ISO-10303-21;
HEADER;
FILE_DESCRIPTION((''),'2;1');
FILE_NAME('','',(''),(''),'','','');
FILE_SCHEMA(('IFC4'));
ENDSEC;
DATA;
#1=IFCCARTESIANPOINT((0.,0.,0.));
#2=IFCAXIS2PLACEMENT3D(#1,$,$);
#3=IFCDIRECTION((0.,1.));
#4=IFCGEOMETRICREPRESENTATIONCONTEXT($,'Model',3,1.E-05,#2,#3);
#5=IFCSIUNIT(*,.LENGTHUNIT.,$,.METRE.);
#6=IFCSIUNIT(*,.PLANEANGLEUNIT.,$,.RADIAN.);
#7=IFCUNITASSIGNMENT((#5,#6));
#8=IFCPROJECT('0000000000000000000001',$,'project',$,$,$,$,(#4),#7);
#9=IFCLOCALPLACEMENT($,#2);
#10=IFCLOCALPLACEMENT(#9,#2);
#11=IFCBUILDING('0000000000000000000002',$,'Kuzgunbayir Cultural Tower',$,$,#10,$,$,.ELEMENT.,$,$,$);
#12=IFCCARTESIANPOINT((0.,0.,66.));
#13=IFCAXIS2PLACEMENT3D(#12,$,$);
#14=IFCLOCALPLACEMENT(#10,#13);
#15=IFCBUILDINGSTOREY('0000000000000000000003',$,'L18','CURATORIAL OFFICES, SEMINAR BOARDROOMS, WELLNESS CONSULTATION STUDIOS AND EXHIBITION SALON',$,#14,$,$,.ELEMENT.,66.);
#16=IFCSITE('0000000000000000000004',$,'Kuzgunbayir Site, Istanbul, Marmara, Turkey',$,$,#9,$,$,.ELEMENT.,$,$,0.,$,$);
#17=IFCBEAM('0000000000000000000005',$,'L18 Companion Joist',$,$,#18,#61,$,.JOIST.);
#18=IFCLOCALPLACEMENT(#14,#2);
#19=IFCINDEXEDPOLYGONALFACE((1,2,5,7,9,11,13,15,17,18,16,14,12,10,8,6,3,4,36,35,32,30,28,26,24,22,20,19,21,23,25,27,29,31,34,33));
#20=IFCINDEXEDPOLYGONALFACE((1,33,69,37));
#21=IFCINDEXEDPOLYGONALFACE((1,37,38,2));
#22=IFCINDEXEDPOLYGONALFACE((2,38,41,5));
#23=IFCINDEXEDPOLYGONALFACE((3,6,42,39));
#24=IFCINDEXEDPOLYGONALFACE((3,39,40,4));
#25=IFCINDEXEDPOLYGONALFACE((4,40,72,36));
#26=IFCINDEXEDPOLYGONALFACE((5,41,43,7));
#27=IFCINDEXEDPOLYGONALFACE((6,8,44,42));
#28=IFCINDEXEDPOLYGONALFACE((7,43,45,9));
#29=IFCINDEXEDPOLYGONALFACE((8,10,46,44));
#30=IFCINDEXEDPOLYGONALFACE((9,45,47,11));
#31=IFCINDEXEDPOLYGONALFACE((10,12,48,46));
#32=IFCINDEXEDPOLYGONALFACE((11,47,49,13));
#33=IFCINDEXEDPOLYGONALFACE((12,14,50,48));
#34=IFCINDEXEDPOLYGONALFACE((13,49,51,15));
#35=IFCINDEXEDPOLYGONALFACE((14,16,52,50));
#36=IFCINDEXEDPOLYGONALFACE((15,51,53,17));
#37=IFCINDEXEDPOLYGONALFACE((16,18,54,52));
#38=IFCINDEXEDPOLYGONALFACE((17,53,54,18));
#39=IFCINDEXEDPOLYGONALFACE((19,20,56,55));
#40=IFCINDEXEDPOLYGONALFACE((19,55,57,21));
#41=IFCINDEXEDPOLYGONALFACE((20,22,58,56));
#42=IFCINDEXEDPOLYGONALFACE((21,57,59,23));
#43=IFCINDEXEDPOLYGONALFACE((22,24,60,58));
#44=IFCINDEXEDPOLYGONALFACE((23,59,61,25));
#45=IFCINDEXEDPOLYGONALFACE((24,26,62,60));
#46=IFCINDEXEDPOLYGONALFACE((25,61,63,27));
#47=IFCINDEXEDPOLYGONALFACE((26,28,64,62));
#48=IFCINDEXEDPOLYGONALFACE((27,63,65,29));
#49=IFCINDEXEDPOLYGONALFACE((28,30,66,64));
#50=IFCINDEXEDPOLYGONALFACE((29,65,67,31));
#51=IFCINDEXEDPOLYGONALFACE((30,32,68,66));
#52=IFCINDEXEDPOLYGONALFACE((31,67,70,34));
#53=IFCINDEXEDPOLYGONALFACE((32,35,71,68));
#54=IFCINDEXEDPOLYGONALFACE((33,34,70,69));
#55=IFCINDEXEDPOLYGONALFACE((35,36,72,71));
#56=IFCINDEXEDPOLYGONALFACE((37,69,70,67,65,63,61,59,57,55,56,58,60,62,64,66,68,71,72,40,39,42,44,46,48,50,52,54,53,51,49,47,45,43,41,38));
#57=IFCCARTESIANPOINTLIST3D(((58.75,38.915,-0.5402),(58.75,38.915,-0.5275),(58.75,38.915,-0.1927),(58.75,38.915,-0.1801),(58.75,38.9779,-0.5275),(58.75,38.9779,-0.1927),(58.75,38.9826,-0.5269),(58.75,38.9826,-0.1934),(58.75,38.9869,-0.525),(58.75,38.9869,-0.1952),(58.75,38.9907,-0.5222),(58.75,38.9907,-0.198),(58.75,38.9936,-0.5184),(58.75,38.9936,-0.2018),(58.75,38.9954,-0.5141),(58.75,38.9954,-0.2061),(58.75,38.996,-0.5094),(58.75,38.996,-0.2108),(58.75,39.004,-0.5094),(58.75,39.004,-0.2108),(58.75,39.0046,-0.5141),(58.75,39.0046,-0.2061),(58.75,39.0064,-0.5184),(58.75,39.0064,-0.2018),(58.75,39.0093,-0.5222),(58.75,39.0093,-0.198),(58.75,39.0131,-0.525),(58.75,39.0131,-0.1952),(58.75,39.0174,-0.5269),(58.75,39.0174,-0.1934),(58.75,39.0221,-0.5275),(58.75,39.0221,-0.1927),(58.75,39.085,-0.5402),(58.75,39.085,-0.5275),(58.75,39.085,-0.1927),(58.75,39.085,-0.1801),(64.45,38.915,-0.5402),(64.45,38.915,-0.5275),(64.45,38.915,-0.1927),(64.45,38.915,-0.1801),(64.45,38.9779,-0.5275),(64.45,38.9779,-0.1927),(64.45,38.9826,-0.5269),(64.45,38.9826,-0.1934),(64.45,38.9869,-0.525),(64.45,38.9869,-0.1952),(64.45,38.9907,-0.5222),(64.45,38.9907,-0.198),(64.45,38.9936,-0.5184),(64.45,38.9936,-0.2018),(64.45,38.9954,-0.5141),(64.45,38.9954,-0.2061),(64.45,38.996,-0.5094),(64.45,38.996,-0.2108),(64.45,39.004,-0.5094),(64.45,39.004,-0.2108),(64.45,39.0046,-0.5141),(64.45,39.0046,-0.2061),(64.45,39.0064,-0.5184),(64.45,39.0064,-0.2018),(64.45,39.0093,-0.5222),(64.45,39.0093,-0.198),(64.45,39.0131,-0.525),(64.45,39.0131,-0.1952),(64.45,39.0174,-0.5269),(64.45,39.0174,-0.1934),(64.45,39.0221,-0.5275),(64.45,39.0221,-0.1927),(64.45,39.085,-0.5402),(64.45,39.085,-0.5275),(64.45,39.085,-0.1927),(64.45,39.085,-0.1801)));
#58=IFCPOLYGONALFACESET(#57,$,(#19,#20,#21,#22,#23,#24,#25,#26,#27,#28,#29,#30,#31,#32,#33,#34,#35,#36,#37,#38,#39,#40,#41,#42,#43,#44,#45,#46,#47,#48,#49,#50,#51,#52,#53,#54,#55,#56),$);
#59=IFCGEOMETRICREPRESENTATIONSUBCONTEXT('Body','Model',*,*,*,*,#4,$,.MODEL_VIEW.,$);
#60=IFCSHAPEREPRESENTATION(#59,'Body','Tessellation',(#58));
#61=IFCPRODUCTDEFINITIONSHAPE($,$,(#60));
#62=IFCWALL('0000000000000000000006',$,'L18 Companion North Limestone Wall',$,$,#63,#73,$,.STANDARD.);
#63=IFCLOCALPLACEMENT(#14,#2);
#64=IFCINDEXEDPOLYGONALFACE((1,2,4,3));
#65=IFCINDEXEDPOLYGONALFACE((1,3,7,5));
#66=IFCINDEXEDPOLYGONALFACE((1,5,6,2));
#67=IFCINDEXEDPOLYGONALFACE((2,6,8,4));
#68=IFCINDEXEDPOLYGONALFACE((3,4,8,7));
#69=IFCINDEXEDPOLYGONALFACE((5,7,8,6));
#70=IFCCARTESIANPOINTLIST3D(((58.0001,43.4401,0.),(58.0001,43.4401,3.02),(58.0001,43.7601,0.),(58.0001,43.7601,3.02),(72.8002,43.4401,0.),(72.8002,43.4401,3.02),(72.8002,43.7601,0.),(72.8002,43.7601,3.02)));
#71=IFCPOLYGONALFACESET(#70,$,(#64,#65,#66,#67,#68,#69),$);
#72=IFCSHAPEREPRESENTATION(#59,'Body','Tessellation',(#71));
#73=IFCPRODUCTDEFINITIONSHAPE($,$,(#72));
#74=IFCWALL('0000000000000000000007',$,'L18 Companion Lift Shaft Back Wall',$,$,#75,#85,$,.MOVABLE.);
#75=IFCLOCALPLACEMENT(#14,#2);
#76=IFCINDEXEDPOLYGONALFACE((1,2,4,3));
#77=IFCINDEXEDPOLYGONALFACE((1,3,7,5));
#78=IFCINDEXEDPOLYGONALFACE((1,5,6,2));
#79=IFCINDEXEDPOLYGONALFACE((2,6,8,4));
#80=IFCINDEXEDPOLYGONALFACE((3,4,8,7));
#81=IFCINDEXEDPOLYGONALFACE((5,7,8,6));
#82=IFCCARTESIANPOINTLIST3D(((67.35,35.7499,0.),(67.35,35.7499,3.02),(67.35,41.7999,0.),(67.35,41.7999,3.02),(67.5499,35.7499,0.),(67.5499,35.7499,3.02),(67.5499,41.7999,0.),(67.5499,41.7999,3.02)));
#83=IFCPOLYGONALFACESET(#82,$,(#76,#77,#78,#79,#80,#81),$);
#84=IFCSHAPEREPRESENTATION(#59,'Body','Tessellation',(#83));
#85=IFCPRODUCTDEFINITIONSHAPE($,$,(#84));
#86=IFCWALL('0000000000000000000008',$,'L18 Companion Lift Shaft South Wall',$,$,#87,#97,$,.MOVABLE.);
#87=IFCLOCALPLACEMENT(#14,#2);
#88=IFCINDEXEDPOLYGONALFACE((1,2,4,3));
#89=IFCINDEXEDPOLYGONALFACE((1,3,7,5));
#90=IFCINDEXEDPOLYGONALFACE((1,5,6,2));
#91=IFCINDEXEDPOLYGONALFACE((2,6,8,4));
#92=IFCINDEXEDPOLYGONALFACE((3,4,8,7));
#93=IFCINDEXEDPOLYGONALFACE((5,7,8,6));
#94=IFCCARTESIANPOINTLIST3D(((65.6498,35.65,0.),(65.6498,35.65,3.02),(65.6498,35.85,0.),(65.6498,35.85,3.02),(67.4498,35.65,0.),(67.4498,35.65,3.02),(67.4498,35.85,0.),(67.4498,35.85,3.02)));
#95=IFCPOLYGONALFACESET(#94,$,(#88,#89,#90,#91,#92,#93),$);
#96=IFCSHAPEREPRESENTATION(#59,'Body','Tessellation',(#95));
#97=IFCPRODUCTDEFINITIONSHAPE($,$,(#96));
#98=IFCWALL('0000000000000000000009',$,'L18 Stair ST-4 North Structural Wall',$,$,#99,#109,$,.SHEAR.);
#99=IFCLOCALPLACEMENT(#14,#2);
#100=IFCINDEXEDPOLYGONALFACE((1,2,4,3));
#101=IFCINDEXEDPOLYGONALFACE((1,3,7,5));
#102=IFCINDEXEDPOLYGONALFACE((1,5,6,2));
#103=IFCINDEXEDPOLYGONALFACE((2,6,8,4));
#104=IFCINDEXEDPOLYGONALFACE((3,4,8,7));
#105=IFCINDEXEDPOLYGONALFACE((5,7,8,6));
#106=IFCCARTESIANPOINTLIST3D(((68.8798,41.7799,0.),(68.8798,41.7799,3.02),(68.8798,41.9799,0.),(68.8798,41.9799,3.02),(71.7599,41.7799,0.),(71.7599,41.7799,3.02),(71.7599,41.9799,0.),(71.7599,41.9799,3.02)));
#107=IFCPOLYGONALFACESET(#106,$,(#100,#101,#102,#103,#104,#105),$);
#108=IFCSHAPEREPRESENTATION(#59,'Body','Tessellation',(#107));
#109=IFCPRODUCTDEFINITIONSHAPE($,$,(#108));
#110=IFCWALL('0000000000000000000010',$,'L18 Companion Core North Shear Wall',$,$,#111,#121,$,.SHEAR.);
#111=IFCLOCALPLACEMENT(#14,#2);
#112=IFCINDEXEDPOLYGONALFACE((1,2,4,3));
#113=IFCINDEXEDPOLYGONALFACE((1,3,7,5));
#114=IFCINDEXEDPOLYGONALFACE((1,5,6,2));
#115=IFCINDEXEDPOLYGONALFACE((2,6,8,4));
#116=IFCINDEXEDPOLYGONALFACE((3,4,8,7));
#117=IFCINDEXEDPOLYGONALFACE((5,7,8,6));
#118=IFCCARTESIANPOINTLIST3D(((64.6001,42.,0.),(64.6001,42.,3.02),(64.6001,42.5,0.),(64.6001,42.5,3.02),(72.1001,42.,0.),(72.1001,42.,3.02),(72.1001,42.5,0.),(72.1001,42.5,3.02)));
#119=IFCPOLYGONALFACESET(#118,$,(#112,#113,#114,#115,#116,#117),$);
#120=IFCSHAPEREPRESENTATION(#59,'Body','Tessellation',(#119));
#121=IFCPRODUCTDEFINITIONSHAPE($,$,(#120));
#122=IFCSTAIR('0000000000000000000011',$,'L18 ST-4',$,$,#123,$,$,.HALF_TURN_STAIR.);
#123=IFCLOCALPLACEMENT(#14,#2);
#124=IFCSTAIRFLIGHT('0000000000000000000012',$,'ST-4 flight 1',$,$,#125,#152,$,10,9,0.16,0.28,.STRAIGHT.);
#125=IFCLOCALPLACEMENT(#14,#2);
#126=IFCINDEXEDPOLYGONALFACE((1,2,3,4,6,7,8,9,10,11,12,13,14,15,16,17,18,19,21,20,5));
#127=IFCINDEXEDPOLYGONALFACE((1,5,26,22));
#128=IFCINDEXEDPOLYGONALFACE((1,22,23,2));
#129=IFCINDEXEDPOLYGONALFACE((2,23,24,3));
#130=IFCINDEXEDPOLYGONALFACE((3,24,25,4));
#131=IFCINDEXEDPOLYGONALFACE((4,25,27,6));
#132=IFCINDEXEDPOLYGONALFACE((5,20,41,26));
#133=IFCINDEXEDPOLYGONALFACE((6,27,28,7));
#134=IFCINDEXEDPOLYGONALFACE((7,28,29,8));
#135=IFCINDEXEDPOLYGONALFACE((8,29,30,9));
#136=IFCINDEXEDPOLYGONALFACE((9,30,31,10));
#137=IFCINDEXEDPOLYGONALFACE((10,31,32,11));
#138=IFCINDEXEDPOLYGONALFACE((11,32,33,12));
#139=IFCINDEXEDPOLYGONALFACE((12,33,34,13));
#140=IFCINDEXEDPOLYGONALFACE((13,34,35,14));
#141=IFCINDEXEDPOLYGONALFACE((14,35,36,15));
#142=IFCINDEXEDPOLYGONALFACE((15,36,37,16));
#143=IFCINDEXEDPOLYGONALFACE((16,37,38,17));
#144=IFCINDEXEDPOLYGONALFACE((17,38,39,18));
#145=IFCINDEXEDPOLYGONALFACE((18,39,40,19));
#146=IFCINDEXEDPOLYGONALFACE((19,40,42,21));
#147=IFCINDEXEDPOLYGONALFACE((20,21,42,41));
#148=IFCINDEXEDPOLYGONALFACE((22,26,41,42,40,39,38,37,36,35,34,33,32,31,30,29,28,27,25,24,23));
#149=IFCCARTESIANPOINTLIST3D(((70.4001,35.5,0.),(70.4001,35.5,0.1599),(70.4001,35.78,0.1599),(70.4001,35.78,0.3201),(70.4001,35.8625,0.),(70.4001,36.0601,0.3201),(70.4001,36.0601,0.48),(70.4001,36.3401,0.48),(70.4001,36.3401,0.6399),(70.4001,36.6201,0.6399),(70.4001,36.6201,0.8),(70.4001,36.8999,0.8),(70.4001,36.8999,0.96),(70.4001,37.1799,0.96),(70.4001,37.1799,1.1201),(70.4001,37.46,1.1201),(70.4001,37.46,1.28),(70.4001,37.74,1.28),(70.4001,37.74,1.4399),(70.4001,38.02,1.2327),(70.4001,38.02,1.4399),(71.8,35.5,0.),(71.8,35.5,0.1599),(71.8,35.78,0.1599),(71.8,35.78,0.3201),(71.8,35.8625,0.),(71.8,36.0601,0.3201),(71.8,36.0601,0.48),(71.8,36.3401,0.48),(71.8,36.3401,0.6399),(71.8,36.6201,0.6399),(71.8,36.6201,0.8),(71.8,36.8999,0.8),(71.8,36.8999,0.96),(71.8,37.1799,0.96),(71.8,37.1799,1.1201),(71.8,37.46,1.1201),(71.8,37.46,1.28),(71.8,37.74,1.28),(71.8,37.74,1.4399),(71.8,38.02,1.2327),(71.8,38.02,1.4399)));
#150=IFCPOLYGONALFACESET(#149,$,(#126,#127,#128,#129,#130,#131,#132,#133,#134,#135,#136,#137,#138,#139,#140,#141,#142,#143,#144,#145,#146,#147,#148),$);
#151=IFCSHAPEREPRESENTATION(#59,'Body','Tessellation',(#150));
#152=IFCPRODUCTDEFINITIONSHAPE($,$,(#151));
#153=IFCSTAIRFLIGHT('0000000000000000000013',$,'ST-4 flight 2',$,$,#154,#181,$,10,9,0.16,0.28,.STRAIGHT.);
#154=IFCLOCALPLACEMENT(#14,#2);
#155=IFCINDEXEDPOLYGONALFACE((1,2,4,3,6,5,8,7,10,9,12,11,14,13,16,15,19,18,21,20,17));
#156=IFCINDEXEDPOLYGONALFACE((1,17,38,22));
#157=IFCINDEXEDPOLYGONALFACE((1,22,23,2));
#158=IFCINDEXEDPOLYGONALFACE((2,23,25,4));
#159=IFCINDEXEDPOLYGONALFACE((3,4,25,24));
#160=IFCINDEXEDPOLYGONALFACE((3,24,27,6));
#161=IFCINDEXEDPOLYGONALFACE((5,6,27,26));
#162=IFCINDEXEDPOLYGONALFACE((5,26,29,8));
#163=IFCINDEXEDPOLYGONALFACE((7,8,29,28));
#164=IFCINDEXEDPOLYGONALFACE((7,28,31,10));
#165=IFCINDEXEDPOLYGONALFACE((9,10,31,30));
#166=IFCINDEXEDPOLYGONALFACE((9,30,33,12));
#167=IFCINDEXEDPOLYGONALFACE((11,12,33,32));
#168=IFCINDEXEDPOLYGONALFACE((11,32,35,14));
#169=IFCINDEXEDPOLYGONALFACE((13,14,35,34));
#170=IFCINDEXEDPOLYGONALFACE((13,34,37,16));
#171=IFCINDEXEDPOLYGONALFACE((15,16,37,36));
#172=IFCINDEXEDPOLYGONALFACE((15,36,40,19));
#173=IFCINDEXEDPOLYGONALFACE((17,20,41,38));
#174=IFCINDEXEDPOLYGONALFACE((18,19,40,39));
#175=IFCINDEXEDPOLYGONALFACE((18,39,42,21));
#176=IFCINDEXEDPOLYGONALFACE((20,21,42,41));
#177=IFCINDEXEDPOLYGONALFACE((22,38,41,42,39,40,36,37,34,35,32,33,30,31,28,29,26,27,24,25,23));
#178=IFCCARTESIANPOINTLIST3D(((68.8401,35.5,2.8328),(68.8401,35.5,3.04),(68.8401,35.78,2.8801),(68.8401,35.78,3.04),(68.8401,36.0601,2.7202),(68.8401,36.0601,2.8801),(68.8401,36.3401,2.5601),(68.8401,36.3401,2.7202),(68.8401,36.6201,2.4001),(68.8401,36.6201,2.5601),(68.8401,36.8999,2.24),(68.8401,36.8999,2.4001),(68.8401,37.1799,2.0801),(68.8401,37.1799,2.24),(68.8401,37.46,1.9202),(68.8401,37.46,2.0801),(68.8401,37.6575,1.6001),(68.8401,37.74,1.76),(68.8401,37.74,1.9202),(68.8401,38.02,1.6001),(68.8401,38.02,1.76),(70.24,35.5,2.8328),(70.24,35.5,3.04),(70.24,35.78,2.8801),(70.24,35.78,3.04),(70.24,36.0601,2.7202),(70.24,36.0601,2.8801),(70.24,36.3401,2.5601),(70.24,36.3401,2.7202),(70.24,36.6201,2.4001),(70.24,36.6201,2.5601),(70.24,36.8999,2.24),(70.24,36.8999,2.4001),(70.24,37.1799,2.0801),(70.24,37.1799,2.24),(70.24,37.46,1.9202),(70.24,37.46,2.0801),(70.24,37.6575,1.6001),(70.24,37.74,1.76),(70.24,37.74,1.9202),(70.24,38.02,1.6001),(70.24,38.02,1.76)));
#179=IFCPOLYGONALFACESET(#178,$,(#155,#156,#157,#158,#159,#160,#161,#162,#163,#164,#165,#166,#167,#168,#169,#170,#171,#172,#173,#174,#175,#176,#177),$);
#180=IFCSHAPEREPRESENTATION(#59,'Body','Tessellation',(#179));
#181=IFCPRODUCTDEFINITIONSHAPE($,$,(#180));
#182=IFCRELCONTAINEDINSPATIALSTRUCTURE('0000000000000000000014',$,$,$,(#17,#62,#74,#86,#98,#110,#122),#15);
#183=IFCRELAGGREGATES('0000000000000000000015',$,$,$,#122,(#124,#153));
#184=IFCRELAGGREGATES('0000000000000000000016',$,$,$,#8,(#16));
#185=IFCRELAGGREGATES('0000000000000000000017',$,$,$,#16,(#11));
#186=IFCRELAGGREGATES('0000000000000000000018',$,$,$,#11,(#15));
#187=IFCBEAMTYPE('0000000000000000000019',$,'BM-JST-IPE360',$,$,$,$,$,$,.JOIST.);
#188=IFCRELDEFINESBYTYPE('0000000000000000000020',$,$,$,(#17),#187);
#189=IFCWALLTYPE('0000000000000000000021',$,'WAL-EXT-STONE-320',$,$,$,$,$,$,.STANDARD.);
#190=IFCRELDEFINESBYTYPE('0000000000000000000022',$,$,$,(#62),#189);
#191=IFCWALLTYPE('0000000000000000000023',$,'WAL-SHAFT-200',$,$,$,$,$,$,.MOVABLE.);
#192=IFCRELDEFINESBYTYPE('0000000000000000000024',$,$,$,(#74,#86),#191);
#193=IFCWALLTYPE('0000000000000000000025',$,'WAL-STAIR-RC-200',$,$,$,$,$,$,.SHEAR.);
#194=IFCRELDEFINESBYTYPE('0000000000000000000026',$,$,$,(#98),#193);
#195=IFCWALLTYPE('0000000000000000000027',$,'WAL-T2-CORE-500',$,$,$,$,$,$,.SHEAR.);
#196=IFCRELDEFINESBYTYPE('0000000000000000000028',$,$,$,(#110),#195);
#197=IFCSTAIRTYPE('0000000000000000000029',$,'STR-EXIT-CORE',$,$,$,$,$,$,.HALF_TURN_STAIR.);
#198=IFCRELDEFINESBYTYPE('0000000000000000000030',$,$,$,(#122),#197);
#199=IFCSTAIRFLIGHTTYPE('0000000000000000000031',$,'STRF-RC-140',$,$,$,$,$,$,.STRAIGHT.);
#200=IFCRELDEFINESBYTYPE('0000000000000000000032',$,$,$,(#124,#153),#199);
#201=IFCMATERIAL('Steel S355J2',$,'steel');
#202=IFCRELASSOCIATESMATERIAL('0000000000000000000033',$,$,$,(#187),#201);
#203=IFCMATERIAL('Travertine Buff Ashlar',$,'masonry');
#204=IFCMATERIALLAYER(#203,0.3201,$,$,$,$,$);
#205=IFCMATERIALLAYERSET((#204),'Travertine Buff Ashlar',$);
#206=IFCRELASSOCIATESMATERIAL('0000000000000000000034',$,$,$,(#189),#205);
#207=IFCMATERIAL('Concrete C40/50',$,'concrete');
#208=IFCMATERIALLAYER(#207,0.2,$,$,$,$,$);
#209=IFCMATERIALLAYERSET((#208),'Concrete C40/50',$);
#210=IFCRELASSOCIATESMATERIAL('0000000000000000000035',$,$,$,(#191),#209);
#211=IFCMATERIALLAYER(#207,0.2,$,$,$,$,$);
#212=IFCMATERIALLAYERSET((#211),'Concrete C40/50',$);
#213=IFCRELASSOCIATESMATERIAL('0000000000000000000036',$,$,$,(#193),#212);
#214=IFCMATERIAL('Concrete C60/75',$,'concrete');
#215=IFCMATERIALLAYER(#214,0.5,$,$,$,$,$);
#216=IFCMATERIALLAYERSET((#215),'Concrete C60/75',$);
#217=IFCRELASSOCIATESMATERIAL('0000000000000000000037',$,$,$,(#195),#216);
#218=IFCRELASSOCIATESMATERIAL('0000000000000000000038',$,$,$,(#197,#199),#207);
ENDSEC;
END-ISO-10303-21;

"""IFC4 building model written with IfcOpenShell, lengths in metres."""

from ifc_helpers import new_model, si_unit, direction, frame, frame_2d, origin, origin_2d, place, context, subcontext, project, spatial, polyline, rectangle, i_section, outline, extrude, material, layer, layer_set, material_profile, profile_set, type_object, element, aggregate, save


model = new_model("IFC4")

# Units and contexts
model_context = context("Model", 3, precision=1e-05, world=origin(), true_north=direction((0.0, 1.0)))
body_context = subcontext(model_context, "Body", "Model", "MODEL_VIEW")
ifc_project = project(units=[si_unit("LENGTHUNIT", "METRE"), si_unit("PLANEANGLEUNIT", "RADIAN")], contexts=[model_context])

# Site, building, storey
site_placement = place(None, origin())
site = spatial("IfcSite", under=ifc_project, at=site_placement, Name="Kuzgunbayir Site, Istanbul, Marmara, Turkey", CompositionType="ELEMENT", RefElevation=0.0)
building_placement = place(site_placement, origin())
building = spatial("IfcBuilding", under=site, at=building_placement, Name="Kuzgunbayir Cultural Tower", CompositionType="ELEMENT")
storey_placement = place(building_placement, frame((0.0, 0.0, 66.0)))
storey = spatial("IfcBuildingStorey", under=building, at=storey_placement, Name="L18", Description="CURATORIAL OFFICES, SEMINAR BOARDROOMS, WELLNESS CONSULTATION STUDIOS AND EXHIBITION SALON", CompositionType="ELEMENT", Elevation=66.0)

# Shared definitions
ifc_material_1 = material(Name="Concrete C60/75", Category="concrete")

# Beam
ifc_material_2 = material(Name="Steel S355J2", Category="steel")
ifc_material_profile_1 = material_profile(ifc_material_2, i_section(OverallWidth=0.1699, OverallDepth=0.3601, WebThickness=0.0081, FlangeThickness=0.0127, FilletRadius=0.0181, at=origin_2d()), Name="IPE 360")
ifc_profile_set_1 = profile_set([ifc_material_profile_1], Name="Steel S355J2")
beam_type_1 = type_object("IfcBeamType", Name="BM-JST-IPE360", PredefinedType="JOIST", material=ifc_profile_set_1)
beam_1_placement = place(storey_placement, frame((58.75, 39.0, -0.3601), z_axis=(1.0, 0.0, 0.0), x_axis=(0.0, 1.0, 0.0)))
element("IfcBeam", 1, at=beam_1_placement, inside=storey, type_object=beam_type_1, Name="L18 Companion Joist", PredefinedType="JOIST", context=body_context, shape_type="SweptSolid", body=[
    extrude(i_section(OverallWidth=0.1699, OverallDepth=0.3601, WebThickness=0.0081, FlangeThickness=0.0127, FilletRadius=0.0181, at=origin_2d()), origin(), (0.0, 0.0, 1.0), 5.7),
])

# Wall
ifc_material_3 = material(Name="Travertine Buff Ashlar", Category="masonry")
ifc_layer_1 = layer(ifc_material_3, 0.3201)
ifc_layer_set_1 = layer_set([ifc_layer_1], Name="Travertine Buff Ashlar")
wall_type_1 = type_object("IfcWallType", Name="WAL-EXT-STONE-320", PredefinedType="STANDARD", material=ifc_layer_set_1)
wall_1_placement = place(storey_placement, frame((72.8, 43.6001, 0.0), z_axis=(0.0, 0.0, 1.0), x_axis=(-1.0, 0.0, 0.0)))
element("IfcWall", 2, at=wall_1_placement, inside=storey, type_object=wall_type_1, Name="L18 Companion North Limestone Wall", PredefinedType="STANDARD", context=body_context, shape_type="SweptSolid", body=[
    extrude(rectangle(XDim=14.8, YDim=0.3201, at=frame_2d((7.3999, 0.0))), origin(), (0.0, 0.0, 1.0), 3.02),
])

# Shared definitions
ifc_material_4 = material(Name="Concrete C40/50", Category="concrete")
ifc_layer_2 = layer(ifc_material_4, 0.2)
ifc_layer_set_2 = layer_set([ifc_layer_2], Name="Concrete C40/50")
wall_type_2 = type_object("IfcWallType", Name="WAL-SHAFT-200", PredefinedType="MOVABLE", material=ifc_layer_set_2)

# Walls
wall_2_placement = place(storey_placement, frame((67.45, 35.75, 0.0), z_axis=(0.0, 0.0, 1.0), x_axis=(0.0, 1.0, 0.0)))
element("IfcWall", 3, at=wall_2_placement, inside=storey, type_object=wall_type_2, Name="L18 Companion Lift Shaft Back Wall", PredefinedType="MOVABLE", context=body_context, shape_type="SweptSolid", body=[
    extrude(rectangle(XDim=6.05, YDim=0.2, at=frame_2d((3.0249, 0.0))), origin(), (0.0, 0.0, 1.0), 3.02),
])
wall_3_placement = place(storey_placement, frame((65.6499, 35.75, 0.0), z_axis=(0.0, 0.0, 1.0), x_axis=(1.0, 0.0, 0.0)))
element("IfcWall", 4, at=wall_3_placement, inside=storey, type_object=wall_type_2, Name="L18 Companion Lift Shaft South Wall", PredefinedType="MOVABLE", context=body_context, shape_type="SweptSolid", body=[
    extrude(rectangle(XDim=1.8, YDim=0.2, at=frame_2d((0.8999, 0.0))), origin(), (0.0, 0.0, 1.0), 3.02),
])
ifc_layer_3 = layer(ifc_material_4, 0.2)
ifc_layer_set_3 = layer_set([ifc_layer_3], Name="Concrete C40/50")
wall_type_3 = type_object("IfcWallType", Name="WAL-STAIR-RC-200", PredefinedType="SHEAR", material=ifc_layer_set_3)
wall_4_placement = place(storey_placement, frame((68.8799, 41.8799, 0.0), z_axis=(0.0, 0.0, 1.0), x_axis=(1.0, 0.0, 0.0)))
element("IfcWall", 5, at=wall_4_placement, inside=storey, type_object=wall_type_3, Name="L18 Stair ST-4 North Structural Wall", PredefinedType="SHEAR", context=body_context, shape_type="SweptSolid", body=[
    extrude(rectangle(XDim=2.8801, YDim=0.2, at=frame_2d((1.4399, 0.0))), origin(), (0.0, 0.0, 1.0), 3.02),
])
ifc_layer_4 = layer(ifc_material_1, 0.5)
ifc_layer_set_4 = layer_set([ifc_layer_4], Name="Concrete C60/75")
wall_type_4 = type_object("IfcWallType", Name="WAL-T2-CORE-500", PredefinedType="SHEAR", material=ifc_layer_set_4)
wall_5_placement = place(storey_placement, frame((64.6001, 42.25, 0.0), z_axis=(0.0, 0.0, 1.0), x_axis=(1.0, 0.0, 0.0)))
element("IfcWall", 6, at=wall_5_placement, inside=storey, type_object=wall_type_4, Name="L18 Companion Core North Shear Wall", PredefinedType="SHEAR", context=body_context, shape_type="SweptSolid", body=[
    extrude(rectangle(XDim=7.5, YDim=0.5, at=frame_2d((3.75, 0.0))), origin(), (0.0, 0.0, 1.0), 3.02),
])

# Stair, stair flights
stair_type = type_object("IfcStairType", Name="STR-EXIT-CORE", PredefinedType="HALF_TURN_STAIR", material=ifc_material_4)
stair_placement = place(storey_placement, origin())
stair = element("IfcStair", 7, at=stair_placement, inside=storey, type_object=stair_type, Name="L18 ST-4", PredefinedType="HALF_TURN_STAIR")
stair_flight_type = type_object("IfcStairFlightType", Name="STRF-RC-140", PredefinedType="STRAIGHT", material=ifc_material_4)
stair_flight_1_placement = place(storey_placement, frame((71.1001, 35.5, 0.0), z_axis=(0.0, 0.0, 1.0), x_axis=(0.0, 1.0, 0.0)))
stair_flight_1 = element("IfcStairFlight", 8, at=stair_flight_1_placement, type_object=stair_flight_type, Name="ST-4 flight 1", NumberOfRisers=10, NumberOfTreads=9, PredefinedType="STRAIGHT", RiserHeight=0.16, TreadLength=0.28, context=body_context, shape_type="SweptSolid", body=[
    extrude(outline(polyline([(0.0, 0.0), (0.0, 0.1599), (0.28, 0.1599), (0.28, 0.3201), (0.5601, 0.3201), (0.5601, 0.48), (0.8401, 0.48), (0.8401, 0.6399), (1.1201, 0.6399), (1.1201, 0.8), (1.3999, 0.8), (1.3999, 0.96), (1.6799, 0.96), (1.6799, 1.1201), (1.96, 1.1201), (1.96, 1.28), (2.24, 1.28), (2.24, 1.4399), (2.52, 1.4399), (2.52, 1.6001), (2.52, 1.2327), (0.3625, 0.0), (0.0, 0.0)])), frame((0.0, 0.7, 0.0), z_axis=(0.0, -1.0, 0.0), x_axis=(1.0, 0.0, 0.0)), (0.0, 0.0, 1.0), 1.3999),
])
stair_flight_2_placement = place(storey_placement, frame((69.54, 38.02, 1.6001), z_axis=(0.0, 0.0, 1.0), x_axis=(0.0, -1.0, 0.0)))
stair_flight_2 = element("IfcStairFlight", 9, at=stair_flight_2_placement, type_object=stair_flight_type, Name="ST-4 flight 2", NumberOfRisers=10, NumberOfTreads=9, PredefinedType="STRAIGHT", RiserHeight=0.16, TreadLength=0.28, context=body_context, shape_type="SweptSolid", body=[
    extrude(outline(polyline([(0.0, 0.0), (0.0, 0.1599), (0.28, 0.1599), (0.28, 0.3201), (0.5601, 0.3201), (0.5601, 0.48), (0.8401, 0.48), (0.8401, 0.6399), (1.1201, 0.6399), (1.1201, 0.8), (1.3999, 0.8), (1.3999, 0.96), (1.6799, 0.96), (1.6799, 1.1201), (1.96, 1.1201), (1.96, 1.28), (2.24, 1.28), (2.24, 1.4399), (2.52, 1.4399), (2.52, 1.6001), (2.52, 1.2327), (0.3625, 0.0), (0.0, 0.0)])), frame((0.0, 0.7, 0.0), z_axis=(0.0, -1.0, 0.0), x_axis=(1.0, 0.0, 0.0)), (0.0, 0.0, 1.0), 1.3999),
])
aggregate(stair, [stair_flight_1, stair_flight_2])

save(model, "model.ifc")
